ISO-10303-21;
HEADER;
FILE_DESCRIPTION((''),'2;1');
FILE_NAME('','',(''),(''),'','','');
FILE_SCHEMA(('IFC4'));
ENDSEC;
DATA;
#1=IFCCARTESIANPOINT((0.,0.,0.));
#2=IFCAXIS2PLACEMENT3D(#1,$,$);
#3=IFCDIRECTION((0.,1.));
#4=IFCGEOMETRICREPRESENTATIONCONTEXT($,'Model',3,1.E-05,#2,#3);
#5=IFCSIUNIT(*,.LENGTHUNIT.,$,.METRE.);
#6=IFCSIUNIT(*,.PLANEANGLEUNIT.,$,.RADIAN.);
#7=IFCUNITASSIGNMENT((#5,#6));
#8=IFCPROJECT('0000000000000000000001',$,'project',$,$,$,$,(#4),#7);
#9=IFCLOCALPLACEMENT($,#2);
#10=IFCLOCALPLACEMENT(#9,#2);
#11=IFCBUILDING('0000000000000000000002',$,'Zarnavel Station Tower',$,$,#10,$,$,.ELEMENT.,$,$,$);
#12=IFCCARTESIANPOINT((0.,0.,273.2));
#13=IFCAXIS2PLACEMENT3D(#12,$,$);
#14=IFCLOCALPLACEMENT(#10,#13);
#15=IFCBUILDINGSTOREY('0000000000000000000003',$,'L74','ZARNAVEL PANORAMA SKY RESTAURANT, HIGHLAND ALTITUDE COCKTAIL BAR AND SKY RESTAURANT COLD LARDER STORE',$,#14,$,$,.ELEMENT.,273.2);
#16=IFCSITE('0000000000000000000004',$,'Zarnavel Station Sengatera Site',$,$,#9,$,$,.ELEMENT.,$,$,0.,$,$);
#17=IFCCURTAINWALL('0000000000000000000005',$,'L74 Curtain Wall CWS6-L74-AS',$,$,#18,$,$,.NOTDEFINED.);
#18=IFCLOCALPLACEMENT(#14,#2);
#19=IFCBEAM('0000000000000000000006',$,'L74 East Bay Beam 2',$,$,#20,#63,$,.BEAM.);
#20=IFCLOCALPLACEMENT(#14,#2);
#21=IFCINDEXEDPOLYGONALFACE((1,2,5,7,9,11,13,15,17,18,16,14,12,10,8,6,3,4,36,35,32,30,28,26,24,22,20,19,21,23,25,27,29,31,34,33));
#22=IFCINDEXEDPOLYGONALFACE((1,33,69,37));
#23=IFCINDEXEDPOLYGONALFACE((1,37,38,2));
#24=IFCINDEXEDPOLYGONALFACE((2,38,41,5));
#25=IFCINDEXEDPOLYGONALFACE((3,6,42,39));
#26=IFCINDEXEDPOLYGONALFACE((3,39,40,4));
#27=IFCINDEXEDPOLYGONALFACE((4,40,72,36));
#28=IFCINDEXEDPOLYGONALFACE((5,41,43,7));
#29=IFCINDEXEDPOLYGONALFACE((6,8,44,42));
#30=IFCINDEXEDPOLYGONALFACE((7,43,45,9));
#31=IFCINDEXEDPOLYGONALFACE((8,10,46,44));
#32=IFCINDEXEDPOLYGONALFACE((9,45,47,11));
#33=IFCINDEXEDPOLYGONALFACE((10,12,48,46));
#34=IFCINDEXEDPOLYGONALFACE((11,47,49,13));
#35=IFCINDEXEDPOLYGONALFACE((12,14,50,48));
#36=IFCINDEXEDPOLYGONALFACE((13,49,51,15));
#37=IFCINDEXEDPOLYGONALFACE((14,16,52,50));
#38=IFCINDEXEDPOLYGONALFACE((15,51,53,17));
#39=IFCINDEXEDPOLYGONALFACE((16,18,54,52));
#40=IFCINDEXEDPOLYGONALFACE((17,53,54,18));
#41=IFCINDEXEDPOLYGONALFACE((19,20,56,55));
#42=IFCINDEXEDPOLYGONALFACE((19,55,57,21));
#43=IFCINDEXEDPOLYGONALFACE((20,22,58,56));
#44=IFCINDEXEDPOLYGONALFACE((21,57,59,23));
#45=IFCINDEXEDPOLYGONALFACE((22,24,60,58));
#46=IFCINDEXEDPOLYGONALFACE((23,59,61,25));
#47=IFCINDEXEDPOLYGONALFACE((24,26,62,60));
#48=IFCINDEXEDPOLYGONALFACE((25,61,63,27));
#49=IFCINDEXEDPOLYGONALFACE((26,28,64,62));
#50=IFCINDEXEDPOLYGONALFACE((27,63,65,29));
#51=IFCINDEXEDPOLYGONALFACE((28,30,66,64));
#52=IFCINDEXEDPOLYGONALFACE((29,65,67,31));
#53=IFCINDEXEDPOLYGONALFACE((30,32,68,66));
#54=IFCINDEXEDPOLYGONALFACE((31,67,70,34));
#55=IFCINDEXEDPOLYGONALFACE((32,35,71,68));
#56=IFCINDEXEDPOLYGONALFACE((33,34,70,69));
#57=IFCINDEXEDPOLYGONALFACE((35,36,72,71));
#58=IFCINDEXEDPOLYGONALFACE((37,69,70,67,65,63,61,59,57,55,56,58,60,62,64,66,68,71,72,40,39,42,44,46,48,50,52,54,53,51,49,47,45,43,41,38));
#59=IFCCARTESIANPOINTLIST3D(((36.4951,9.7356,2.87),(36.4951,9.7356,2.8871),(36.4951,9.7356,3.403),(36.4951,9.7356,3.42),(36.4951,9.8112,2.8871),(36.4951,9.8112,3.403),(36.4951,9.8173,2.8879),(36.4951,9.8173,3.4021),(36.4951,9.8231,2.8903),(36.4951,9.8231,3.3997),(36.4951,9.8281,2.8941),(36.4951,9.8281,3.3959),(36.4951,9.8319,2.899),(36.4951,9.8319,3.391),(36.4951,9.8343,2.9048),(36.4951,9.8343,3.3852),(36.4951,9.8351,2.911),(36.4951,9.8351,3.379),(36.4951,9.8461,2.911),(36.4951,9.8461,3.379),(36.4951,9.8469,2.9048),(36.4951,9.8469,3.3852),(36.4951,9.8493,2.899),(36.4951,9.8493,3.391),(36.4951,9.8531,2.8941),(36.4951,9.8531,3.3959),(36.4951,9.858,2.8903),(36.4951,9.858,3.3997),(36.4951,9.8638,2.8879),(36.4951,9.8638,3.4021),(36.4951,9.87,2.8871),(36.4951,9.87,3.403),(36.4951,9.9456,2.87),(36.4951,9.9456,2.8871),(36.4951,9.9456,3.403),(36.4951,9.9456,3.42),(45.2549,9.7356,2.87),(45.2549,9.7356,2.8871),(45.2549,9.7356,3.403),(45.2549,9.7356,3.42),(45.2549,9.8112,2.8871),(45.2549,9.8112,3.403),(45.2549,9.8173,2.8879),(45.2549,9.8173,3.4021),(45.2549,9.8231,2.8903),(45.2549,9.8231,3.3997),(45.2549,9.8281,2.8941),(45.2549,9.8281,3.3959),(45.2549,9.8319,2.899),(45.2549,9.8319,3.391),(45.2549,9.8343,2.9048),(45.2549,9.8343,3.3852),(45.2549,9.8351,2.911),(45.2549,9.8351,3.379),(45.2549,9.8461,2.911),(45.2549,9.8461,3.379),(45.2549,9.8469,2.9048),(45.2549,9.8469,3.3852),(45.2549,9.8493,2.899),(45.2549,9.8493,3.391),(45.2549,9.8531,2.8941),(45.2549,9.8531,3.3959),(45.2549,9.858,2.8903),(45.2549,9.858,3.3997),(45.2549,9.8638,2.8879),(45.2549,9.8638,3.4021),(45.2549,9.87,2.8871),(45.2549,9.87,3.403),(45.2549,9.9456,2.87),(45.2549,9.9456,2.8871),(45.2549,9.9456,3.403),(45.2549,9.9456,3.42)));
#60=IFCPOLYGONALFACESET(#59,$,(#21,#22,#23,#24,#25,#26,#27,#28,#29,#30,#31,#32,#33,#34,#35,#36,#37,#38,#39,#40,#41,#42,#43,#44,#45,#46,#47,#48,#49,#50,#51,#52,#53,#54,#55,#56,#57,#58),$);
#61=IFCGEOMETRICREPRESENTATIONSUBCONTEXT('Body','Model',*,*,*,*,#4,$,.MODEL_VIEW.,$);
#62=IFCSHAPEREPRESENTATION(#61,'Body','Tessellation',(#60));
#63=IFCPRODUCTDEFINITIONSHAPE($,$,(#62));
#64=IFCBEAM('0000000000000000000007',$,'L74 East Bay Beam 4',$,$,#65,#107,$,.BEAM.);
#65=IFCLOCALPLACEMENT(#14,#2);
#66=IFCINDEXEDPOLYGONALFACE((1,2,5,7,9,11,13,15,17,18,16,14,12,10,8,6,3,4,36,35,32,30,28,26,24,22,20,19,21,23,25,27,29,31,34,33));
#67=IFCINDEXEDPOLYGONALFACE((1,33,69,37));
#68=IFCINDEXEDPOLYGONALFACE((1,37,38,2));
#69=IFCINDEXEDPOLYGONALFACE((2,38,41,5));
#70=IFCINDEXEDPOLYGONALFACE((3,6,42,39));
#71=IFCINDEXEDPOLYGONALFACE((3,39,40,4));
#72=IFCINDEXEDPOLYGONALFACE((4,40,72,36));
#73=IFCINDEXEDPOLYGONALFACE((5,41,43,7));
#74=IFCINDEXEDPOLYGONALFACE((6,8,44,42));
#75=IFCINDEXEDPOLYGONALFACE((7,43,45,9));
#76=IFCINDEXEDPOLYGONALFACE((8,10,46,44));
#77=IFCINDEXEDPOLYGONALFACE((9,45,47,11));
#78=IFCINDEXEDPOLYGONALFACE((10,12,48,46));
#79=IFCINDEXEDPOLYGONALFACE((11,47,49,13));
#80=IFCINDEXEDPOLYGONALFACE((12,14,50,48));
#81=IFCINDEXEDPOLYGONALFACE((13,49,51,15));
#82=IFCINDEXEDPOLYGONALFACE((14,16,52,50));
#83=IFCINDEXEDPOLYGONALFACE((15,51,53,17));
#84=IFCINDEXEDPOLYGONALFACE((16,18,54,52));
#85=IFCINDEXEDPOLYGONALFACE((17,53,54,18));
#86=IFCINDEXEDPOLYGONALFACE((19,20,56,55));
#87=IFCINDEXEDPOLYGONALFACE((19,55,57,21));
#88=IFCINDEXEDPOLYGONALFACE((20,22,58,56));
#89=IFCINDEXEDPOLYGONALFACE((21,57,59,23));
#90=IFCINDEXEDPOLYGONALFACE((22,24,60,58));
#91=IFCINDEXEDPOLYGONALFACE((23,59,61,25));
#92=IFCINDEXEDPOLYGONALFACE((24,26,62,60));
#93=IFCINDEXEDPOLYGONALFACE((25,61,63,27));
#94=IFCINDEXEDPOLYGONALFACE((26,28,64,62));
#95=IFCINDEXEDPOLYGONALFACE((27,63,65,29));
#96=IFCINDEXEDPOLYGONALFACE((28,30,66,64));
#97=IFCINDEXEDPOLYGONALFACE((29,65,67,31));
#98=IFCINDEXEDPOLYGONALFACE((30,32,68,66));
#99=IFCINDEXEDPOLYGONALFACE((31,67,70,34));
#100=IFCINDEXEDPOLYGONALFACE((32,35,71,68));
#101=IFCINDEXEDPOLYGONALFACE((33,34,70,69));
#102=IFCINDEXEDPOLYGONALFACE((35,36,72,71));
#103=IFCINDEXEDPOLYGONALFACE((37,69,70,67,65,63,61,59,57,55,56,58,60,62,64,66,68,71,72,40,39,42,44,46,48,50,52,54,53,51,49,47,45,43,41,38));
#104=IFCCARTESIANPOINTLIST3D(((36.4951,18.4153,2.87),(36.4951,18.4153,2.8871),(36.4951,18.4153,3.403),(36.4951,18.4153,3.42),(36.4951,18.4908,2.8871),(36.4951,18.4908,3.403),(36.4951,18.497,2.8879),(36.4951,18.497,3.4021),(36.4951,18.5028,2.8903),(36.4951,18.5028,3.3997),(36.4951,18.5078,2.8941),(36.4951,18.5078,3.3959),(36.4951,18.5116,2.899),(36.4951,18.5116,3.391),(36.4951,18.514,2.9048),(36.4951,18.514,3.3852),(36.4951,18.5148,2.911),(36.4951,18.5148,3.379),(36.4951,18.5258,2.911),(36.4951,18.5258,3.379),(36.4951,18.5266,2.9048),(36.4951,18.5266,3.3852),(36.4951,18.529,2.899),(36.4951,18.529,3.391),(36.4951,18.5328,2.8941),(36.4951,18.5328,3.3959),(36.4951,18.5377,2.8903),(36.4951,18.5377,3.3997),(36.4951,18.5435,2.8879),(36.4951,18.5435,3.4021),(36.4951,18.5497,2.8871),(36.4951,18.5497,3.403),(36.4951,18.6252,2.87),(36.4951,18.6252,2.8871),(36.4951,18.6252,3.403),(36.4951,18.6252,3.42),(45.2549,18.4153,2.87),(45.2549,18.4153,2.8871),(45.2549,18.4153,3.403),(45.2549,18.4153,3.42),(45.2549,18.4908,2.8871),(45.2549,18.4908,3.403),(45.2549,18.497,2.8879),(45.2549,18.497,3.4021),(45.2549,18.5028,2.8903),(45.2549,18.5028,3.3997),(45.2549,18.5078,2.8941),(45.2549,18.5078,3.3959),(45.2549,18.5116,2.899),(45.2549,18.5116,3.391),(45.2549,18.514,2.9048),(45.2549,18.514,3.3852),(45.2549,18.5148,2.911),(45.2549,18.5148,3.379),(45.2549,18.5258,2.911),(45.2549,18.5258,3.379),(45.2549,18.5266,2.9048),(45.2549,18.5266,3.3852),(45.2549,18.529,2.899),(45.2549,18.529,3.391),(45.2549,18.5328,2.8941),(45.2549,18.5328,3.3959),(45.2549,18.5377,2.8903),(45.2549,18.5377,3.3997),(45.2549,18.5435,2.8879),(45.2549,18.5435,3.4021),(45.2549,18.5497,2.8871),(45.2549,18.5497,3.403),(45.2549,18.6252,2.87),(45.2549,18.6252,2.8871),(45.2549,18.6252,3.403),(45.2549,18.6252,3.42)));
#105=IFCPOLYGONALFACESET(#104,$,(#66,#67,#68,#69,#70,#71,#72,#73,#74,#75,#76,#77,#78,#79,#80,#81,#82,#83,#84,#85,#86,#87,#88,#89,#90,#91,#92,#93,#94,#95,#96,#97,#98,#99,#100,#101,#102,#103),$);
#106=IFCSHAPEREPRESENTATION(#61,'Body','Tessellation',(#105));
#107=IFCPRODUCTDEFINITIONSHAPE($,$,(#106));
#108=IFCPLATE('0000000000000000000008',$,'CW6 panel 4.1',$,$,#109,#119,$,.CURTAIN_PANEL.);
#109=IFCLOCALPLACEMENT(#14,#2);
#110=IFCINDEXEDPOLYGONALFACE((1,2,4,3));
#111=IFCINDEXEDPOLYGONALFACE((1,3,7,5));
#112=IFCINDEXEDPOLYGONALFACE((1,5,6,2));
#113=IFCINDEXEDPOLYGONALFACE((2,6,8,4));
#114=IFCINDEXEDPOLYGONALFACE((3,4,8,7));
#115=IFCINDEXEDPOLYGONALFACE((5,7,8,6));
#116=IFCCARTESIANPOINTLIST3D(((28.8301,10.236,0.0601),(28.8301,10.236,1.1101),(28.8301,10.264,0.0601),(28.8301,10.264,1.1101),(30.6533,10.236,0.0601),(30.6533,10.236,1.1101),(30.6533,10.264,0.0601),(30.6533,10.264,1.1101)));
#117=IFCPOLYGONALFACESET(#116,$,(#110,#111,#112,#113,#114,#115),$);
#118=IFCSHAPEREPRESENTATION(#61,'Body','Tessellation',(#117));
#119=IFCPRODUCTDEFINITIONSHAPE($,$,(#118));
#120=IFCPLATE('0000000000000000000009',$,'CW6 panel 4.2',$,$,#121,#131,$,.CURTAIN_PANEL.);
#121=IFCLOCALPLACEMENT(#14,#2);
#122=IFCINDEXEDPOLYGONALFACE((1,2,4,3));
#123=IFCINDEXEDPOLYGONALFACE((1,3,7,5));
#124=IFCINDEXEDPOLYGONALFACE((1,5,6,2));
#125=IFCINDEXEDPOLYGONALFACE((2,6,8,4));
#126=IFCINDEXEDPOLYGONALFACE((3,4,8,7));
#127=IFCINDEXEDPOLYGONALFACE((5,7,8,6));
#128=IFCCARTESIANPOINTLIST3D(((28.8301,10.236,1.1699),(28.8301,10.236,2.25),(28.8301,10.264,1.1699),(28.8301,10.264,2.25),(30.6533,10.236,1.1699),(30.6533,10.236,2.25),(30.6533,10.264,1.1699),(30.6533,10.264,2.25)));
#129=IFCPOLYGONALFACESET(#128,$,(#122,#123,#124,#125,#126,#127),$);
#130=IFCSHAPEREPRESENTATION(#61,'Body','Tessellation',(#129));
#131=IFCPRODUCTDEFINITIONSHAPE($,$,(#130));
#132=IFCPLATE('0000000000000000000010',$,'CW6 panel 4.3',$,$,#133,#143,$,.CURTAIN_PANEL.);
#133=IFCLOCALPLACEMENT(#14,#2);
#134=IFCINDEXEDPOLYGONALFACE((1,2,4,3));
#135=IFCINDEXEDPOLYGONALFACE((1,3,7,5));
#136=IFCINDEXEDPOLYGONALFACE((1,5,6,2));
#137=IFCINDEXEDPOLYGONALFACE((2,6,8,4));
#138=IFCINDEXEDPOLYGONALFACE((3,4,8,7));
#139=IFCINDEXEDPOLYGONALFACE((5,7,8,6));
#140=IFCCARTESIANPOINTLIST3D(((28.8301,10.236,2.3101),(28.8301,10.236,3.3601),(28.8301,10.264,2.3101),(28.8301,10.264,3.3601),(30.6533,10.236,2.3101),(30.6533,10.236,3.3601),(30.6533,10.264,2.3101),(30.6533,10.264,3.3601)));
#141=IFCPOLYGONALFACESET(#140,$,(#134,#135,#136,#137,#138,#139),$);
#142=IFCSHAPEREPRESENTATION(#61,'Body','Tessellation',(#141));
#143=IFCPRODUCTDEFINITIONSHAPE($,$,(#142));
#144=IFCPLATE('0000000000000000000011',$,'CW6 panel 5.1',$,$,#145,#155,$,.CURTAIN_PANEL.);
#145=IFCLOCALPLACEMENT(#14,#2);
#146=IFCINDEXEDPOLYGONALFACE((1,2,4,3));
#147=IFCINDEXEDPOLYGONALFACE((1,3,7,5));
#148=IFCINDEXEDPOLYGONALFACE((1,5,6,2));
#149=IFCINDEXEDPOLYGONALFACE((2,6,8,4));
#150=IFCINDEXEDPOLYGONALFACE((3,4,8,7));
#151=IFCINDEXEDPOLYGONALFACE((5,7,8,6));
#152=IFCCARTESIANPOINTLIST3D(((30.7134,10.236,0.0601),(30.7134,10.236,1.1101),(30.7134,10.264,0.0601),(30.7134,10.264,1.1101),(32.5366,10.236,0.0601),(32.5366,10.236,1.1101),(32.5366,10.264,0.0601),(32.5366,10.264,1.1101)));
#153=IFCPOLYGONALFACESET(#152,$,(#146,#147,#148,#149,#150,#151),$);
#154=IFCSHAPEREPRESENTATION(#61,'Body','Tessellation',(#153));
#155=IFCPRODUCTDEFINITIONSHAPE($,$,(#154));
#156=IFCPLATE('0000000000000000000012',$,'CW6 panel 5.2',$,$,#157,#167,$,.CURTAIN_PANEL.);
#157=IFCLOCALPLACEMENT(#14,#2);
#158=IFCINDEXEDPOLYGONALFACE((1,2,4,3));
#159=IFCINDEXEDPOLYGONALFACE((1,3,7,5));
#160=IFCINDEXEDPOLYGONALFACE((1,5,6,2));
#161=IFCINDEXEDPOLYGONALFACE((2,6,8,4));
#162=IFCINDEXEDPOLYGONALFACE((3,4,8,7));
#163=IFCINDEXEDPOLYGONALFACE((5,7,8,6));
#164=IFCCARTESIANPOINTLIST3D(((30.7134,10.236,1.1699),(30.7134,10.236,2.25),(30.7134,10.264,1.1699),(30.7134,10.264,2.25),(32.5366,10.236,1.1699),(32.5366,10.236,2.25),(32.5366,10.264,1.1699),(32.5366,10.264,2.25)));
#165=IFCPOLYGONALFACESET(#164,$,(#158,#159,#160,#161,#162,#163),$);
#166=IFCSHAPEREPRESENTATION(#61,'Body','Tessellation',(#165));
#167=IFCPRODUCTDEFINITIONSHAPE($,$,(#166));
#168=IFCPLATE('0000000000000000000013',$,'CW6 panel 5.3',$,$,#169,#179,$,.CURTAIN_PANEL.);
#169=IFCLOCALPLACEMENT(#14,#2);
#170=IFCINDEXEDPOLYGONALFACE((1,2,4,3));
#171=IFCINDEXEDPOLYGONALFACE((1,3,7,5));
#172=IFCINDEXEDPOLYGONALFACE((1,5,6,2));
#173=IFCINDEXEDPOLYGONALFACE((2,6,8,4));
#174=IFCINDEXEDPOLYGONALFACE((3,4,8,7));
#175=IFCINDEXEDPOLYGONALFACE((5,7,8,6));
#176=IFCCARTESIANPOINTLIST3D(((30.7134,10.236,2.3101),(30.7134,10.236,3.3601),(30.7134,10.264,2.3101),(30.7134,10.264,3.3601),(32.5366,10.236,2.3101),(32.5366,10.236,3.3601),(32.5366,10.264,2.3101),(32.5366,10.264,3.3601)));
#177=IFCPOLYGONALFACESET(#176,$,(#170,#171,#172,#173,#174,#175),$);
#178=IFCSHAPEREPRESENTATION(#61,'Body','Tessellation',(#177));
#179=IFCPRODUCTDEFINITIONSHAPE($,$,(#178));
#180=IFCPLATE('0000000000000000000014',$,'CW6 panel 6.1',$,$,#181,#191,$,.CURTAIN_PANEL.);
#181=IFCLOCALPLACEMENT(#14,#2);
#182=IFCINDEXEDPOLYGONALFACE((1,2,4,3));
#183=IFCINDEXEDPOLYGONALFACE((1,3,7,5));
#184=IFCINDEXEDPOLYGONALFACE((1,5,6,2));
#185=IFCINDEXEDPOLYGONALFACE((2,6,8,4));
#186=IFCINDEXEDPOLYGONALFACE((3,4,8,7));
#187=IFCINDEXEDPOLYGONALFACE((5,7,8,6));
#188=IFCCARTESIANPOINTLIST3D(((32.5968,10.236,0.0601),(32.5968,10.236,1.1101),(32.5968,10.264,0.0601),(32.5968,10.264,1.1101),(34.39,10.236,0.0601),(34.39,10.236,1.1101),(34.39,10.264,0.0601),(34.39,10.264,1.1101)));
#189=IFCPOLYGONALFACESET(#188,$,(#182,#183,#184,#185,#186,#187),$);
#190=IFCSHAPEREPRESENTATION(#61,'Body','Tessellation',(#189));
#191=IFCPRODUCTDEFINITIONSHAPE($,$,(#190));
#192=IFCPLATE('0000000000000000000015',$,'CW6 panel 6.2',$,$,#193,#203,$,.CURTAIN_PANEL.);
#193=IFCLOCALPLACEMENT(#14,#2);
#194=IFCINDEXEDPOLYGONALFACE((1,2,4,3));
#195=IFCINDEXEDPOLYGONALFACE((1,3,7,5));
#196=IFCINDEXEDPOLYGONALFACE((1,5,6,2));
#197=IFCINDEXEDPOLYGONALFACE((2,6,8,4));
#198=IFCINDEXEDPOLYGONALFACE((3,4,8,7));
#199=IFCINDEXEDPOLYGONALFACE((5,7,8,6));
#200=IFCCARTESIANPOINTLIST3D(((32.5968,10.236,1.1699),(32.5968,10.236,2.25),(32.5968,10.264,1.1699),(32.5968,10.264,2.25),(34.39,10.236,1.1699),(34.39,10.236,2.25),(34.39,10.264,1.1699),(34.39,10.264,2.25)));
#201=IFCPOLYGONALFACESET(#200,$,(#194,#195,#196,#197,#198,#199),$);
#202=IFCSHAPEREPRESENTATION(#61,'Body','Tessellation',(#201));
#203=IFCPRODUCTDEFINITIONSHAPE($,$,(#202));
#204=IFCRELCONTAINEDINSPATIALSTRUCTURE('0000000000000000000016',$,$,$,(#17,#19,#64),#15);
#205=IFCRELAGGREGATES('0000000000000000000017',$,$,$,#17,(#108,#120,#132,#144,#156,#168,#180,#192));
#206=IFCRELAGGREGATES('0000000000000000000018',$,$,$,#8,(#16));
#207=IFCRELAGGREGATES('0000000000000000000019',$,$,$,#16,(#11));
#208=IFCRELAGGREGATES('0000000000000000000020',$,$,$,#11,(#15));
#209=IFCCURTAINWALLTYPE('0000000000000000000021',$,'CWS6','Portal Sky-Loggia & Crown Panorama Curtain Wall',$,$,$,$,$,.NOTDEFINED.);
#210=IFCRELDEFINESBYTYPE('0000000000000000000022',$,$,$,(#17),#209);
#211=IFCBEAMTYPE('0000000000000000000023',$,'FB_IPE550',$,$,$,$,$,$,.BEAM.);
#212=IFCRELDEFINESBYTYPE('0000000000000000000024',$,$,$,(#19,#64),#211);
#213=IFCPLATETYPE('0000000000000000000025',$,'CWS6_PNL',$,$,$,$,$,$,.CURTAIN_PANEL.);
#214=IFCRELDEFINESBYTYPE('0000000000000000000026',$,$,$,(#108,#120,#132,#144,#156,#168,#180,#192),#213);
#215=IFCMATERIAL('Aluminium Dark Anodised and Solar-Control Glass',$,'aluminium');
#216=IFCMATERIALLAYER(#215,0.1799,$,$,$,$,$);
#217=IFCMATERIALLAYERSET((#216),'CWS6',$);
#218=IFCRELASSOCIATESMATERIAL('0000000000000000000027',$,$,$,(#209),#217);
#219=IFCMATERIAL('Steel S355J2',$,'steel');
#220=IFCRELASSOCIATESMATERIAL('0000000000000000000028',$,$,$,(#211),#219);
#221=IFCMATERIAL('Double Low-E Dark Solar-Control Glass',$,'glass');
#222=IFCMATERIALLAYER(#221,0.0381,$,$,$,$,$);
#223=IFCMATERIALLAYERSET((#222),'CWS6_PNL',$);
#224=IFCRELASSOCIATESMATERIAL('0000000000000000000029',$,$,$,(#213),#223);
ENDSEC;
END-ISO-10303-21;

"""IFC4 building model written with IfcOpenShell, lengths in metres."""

from ifc_helpers import new_model, si_unit, direction, frame, origin, origin_2d, place, context, subcontext, project, spatial, rectangle, i_section, extrude, material, layer, layer_set, material_profile, profile_set, type_object, element, aggregate, save


model = new_model("IFC4")

# Units and contexts
model_context = context("Model", 3, precision=1e-05, world=origin(), true_north=direction((0.0, 1.0)))
body_context = subcontext(model_context, "Body", "Model", "MODEL_VIEW")
ifc_project = project(units=[si_unit("LENGTHUNIT", "METRE"), si_unit("PLANEANGLEUNIT", "RADIAN")], contexts=[model_context])

# Site, building, storey
site_placement = place(None, origin())
site = spatial("IfcSite", under=ifc_project, at=site_placement, Name="Zarnavel Station Sengatera Site", CompositionType="ELEMENT", RefElevation=0.0)
building_placement = place(site_placement, origin())
building = spatial("IfcBuilding", under=site, at=building_placement, Name="Zarnavel Station Tower", CompositionType="ELEMENT")
storey_placement = place(building_placement, frame((0.0, 0.0, 273.2)))
storey = spatial("IfcBuildingStorey", under=building, at=storey_placement, Name="L74", Description="ZARNAVEL PANORAMA SKY RESTAURANT, HIGHLAND ALTITUDE COCKTAIL BAR AND SKY RESTAURANT COLD LARDER STORE", CompositionType="ELEMENT", Elevation=273.2)

# Curtain wall
ifc_material_1 = material(Name="Aluminium Dark Anodised and Solar-Control Glass", Category="aluminium")
ifc_layer_1 = layer(ifc_material_1, 0.1799)
ifc_layer_set_1 = layer_set([ifc_layer_1], Name="CWS6")
curtain_wall_type = type_object("IfcCurtainWallType", Name="CWS6", Description="Portal Sky-Loggia & Crown Panorama Curtain Wall", PredefinedType="NOTDEFINED", material=ifc_layer_set_1)
curtain_wall_placement = place(storey_placement, origin())
curtain_wall = element("IfcCurtainWall", 1, at=curtain_wall_placement, inside=storey, type_object=curtain_wall_type, Name="L74 Curtain Wall CWS6-L74-AS", PredefinedType="NOTDEFINED")

# Beams
ifc_material_2 = material(Name="Steel S355J2", Category="steel")
ifc_material_profile_1 = material_profile(ifc_material_2, i_section(OverallWidth=0.21, OverallDepth=0.55, WebThickness=0.011, FlangeThickness=0.0171, FilletRadius=0.0239, at=origin_2d()), Name="IPE550")
ifc_profile_set_1 = profile_set([ifc_material_profile_1], Name="Steel S355J2")
beam_type_1 = type_object("IfcBeamType", Name="FB_IPE550", PredefinedType="BEAM", material=ifc_profile_set_1)
for number, where, z_axis, x_axis, name in (
    (2, (36.4951, 9.8406, 3.145), (1.0, 0.0, 0.0), (0.0, 1.0, 0.0), "L74 East Bay Beam 2"),
    (3, (36.4951, 18.5203, 3.145), (1.0, 0.0, 0.0), (0.0, 1.0, 0.0), "L74 East Bay Beam 4"),
):
    element("IfcBeam", number, at=place(storey_placement, frame(where, z_axis=z_axis, x_axis=x_axis)), inside=storey, type_object=beam_type_1, Name=name, PredefinedType="BEAM", context=body_context, shape_type="SweptSolid", body=[
        extrude(i_section(OverallWidth=0.21, OverallDepth=0.55, WebThickness=0.011, FlangeThickness=0.0171, FilletRadius=0.0239, at=origin_2d()), origin(), (0.0, 0.0, 1.0), 8.7598),
    ])

# Plates
ifc_material_3 = material(Name="Double Low-E Dark Solar-Control Glass", Category="glass")
ifc_layer_2 = layer(ifc_material_3, 0.0381)
ifc_layer_set_2 = layer_set([ifc_layer_2], Name="CWS6_PNL")
plate_type = type_object("IfcPlateType", Name="CWS6_PNL", PredefinedType="CURTAIN_PANEL", material=ifc_layer_set_2)
plate_1_placement = place(storey_placement, frame((29.7417, 10.25, 0.0601), z_axis=(0.0, 0.0, 1.0), x_axis=(1.0, 0.0, 0.0)))
plate_1 = element("IfcPlate", 4, at=plate_1_placement, type_object=plate_type, Name="CW6 panel 4.1", PredefinedType="CURTAIN_PANEL", context=body_context, shape_type="SweptSolid", body=[
    extrude(rectangle(XDim=1.8232, YDim=0.0281, at=origin_2d()), origin(), (0.0, 0.0, 1.0), 1.05),
])
plate_2_placement = place(storey_placement, frame((29.7417, 10.25, 1.1699), z_axis=(0.0, 0.0, 1.0), x_axis=(1.0, 0.0, 0.0)))
plate_2 = element("IfcPlate", 5, at=plate_2_placement, type_object=plate_type, Name="CW6 panel 4.2", PredefinedType="CURTAIN_PANEL", context=body_context, shape_type="SweptSolid", body=[
    extrude(rectangle(XDim=1.8232, YDim=0.0281, at=origin_2d()), origin(), (0.0, 0.0, 1.0), 1.0801),
])
plate_3_placement = place(storey_placement, frame((29.7417, 10.25, 2.3101), z_axis=(0.0, 0.0, 1.0), x_axis=(1.0, 0.0, 0.0)))
plate_3 = element("IfcPlate", 6, at=plate_3_placement, type_object=plate_type, Name="CW6 panel 4.3", PredefinedType="CURTAIN_PANEL", context=body_context, shape_type="SweptSolid", body=[
    extrude(rectangle(XDim=1.8232, YDim=0.0281, at=origin_2d()), origin(), (0.0, 0.0, 1.0), 1.05),
])
plate_4_placement = place(storey_placement, frame((31.625, 10.25, 0.0601), z_axis=(0.0, 0.0, 1.0), x_axis=(1.0, 0.0, 0.0)))
plate_4 = element("IfcPlate", 7, at=plate_4_placement, type_object=plate_type, Name="CW6 panel 5.1", PredefinedType="CURTAIN_PANEL", context=body_context, shape_type="SweptSolid", body=[
    extrude(rectangle(XDim=1.8232, YDim=0.0281, at=origin_2d()), origin(), (0.0, 0.0, 1.0), 1.05),
])
plate_5_placement = place(storey_placement, frame((31.625, 10.25, 1.1699), z_axis=(0.0, 0.0, 1.0), x_axis=(1.0, 0.0, 0.0)))
plate_5 = element("IfcPlate", 8, at=plate_5_placement, type_object=plate_type, Name="CW6 panel 5.2", PredefinedType="CURTAIN_PANEL", context=body_context, shape_type="SweptSolid", body=[
    extrude(rectangle(XDim=1.8232, YDim=0.0281, at=origin_2d()), origin(), (0.0, 0.0, 1.0), 1.0801),
])
plate_6_placement = place(storey_placement, frame((31.625, 10.25, 2.3101), z_axis=(0.0, 0.0, 1.0), x_axis=(1.0, 0.0, 0.0)))
plate_6 = element("IfcPlate", 9, at=plate_6_placement, type_object=plate_type, Name="CW6 panel 5.3", PredefinedType="CURTAIN_PANEL", context=body_context, shape_type="SweptSolid", body=[
    extrude(rectangle(XDim=1.8232, YDim=0.0281, at=origin_2d()), origin(), (0.0, 0.0, 1.0), 1.05),
])
plate_7_placement = place(storey_placement, frame((33.4934, 10.25, 0.0601), z_axis=(0.0, 0.0, 1.0), x_axis=(1.0, 0.0, 0.0)))
plate_7 = element("IfcPlate", 10, at=plate_7_placement, type_object=plate_type, Name="CW6 panel 6.1", PredefinedType="CURTAIN_PANEL", context=body_context, shape_type="SweptSolid", body=[
    extrude(rectangle(XDim=1.7932, YDim=0.0281, at=origin_2d()), origin(), (0.0, 0.0, 1.0), 1.05),
])
plate_8_placement = place(storey_placement, frame((33.4934, 10.25, 1.1699), z_axis=(0.0, 0.0, 1.0), x_axis=(1.0, 0.0, 0.0)))
plate_8 = element("IfcPlate", 11, at=plate_8_placement, type_object=plate_type, Name="CW6 panel 6.2", PredefinedType="CURTAIN_PANEL", context=body_context, shape_type="SweptSolid", body=[
    extrude(rectangle(XDim=1.7932, YDim=0.0281, at=origin_2d()), origin(), (0.0, 0.0, 1.0), 1.0801),
])
aggregate(curtain_wall, [plate_1, plate_2, plate_3, plate_4, plate_5, plate_6, plate_7, plate_8])

save(model, "model.ifc")
